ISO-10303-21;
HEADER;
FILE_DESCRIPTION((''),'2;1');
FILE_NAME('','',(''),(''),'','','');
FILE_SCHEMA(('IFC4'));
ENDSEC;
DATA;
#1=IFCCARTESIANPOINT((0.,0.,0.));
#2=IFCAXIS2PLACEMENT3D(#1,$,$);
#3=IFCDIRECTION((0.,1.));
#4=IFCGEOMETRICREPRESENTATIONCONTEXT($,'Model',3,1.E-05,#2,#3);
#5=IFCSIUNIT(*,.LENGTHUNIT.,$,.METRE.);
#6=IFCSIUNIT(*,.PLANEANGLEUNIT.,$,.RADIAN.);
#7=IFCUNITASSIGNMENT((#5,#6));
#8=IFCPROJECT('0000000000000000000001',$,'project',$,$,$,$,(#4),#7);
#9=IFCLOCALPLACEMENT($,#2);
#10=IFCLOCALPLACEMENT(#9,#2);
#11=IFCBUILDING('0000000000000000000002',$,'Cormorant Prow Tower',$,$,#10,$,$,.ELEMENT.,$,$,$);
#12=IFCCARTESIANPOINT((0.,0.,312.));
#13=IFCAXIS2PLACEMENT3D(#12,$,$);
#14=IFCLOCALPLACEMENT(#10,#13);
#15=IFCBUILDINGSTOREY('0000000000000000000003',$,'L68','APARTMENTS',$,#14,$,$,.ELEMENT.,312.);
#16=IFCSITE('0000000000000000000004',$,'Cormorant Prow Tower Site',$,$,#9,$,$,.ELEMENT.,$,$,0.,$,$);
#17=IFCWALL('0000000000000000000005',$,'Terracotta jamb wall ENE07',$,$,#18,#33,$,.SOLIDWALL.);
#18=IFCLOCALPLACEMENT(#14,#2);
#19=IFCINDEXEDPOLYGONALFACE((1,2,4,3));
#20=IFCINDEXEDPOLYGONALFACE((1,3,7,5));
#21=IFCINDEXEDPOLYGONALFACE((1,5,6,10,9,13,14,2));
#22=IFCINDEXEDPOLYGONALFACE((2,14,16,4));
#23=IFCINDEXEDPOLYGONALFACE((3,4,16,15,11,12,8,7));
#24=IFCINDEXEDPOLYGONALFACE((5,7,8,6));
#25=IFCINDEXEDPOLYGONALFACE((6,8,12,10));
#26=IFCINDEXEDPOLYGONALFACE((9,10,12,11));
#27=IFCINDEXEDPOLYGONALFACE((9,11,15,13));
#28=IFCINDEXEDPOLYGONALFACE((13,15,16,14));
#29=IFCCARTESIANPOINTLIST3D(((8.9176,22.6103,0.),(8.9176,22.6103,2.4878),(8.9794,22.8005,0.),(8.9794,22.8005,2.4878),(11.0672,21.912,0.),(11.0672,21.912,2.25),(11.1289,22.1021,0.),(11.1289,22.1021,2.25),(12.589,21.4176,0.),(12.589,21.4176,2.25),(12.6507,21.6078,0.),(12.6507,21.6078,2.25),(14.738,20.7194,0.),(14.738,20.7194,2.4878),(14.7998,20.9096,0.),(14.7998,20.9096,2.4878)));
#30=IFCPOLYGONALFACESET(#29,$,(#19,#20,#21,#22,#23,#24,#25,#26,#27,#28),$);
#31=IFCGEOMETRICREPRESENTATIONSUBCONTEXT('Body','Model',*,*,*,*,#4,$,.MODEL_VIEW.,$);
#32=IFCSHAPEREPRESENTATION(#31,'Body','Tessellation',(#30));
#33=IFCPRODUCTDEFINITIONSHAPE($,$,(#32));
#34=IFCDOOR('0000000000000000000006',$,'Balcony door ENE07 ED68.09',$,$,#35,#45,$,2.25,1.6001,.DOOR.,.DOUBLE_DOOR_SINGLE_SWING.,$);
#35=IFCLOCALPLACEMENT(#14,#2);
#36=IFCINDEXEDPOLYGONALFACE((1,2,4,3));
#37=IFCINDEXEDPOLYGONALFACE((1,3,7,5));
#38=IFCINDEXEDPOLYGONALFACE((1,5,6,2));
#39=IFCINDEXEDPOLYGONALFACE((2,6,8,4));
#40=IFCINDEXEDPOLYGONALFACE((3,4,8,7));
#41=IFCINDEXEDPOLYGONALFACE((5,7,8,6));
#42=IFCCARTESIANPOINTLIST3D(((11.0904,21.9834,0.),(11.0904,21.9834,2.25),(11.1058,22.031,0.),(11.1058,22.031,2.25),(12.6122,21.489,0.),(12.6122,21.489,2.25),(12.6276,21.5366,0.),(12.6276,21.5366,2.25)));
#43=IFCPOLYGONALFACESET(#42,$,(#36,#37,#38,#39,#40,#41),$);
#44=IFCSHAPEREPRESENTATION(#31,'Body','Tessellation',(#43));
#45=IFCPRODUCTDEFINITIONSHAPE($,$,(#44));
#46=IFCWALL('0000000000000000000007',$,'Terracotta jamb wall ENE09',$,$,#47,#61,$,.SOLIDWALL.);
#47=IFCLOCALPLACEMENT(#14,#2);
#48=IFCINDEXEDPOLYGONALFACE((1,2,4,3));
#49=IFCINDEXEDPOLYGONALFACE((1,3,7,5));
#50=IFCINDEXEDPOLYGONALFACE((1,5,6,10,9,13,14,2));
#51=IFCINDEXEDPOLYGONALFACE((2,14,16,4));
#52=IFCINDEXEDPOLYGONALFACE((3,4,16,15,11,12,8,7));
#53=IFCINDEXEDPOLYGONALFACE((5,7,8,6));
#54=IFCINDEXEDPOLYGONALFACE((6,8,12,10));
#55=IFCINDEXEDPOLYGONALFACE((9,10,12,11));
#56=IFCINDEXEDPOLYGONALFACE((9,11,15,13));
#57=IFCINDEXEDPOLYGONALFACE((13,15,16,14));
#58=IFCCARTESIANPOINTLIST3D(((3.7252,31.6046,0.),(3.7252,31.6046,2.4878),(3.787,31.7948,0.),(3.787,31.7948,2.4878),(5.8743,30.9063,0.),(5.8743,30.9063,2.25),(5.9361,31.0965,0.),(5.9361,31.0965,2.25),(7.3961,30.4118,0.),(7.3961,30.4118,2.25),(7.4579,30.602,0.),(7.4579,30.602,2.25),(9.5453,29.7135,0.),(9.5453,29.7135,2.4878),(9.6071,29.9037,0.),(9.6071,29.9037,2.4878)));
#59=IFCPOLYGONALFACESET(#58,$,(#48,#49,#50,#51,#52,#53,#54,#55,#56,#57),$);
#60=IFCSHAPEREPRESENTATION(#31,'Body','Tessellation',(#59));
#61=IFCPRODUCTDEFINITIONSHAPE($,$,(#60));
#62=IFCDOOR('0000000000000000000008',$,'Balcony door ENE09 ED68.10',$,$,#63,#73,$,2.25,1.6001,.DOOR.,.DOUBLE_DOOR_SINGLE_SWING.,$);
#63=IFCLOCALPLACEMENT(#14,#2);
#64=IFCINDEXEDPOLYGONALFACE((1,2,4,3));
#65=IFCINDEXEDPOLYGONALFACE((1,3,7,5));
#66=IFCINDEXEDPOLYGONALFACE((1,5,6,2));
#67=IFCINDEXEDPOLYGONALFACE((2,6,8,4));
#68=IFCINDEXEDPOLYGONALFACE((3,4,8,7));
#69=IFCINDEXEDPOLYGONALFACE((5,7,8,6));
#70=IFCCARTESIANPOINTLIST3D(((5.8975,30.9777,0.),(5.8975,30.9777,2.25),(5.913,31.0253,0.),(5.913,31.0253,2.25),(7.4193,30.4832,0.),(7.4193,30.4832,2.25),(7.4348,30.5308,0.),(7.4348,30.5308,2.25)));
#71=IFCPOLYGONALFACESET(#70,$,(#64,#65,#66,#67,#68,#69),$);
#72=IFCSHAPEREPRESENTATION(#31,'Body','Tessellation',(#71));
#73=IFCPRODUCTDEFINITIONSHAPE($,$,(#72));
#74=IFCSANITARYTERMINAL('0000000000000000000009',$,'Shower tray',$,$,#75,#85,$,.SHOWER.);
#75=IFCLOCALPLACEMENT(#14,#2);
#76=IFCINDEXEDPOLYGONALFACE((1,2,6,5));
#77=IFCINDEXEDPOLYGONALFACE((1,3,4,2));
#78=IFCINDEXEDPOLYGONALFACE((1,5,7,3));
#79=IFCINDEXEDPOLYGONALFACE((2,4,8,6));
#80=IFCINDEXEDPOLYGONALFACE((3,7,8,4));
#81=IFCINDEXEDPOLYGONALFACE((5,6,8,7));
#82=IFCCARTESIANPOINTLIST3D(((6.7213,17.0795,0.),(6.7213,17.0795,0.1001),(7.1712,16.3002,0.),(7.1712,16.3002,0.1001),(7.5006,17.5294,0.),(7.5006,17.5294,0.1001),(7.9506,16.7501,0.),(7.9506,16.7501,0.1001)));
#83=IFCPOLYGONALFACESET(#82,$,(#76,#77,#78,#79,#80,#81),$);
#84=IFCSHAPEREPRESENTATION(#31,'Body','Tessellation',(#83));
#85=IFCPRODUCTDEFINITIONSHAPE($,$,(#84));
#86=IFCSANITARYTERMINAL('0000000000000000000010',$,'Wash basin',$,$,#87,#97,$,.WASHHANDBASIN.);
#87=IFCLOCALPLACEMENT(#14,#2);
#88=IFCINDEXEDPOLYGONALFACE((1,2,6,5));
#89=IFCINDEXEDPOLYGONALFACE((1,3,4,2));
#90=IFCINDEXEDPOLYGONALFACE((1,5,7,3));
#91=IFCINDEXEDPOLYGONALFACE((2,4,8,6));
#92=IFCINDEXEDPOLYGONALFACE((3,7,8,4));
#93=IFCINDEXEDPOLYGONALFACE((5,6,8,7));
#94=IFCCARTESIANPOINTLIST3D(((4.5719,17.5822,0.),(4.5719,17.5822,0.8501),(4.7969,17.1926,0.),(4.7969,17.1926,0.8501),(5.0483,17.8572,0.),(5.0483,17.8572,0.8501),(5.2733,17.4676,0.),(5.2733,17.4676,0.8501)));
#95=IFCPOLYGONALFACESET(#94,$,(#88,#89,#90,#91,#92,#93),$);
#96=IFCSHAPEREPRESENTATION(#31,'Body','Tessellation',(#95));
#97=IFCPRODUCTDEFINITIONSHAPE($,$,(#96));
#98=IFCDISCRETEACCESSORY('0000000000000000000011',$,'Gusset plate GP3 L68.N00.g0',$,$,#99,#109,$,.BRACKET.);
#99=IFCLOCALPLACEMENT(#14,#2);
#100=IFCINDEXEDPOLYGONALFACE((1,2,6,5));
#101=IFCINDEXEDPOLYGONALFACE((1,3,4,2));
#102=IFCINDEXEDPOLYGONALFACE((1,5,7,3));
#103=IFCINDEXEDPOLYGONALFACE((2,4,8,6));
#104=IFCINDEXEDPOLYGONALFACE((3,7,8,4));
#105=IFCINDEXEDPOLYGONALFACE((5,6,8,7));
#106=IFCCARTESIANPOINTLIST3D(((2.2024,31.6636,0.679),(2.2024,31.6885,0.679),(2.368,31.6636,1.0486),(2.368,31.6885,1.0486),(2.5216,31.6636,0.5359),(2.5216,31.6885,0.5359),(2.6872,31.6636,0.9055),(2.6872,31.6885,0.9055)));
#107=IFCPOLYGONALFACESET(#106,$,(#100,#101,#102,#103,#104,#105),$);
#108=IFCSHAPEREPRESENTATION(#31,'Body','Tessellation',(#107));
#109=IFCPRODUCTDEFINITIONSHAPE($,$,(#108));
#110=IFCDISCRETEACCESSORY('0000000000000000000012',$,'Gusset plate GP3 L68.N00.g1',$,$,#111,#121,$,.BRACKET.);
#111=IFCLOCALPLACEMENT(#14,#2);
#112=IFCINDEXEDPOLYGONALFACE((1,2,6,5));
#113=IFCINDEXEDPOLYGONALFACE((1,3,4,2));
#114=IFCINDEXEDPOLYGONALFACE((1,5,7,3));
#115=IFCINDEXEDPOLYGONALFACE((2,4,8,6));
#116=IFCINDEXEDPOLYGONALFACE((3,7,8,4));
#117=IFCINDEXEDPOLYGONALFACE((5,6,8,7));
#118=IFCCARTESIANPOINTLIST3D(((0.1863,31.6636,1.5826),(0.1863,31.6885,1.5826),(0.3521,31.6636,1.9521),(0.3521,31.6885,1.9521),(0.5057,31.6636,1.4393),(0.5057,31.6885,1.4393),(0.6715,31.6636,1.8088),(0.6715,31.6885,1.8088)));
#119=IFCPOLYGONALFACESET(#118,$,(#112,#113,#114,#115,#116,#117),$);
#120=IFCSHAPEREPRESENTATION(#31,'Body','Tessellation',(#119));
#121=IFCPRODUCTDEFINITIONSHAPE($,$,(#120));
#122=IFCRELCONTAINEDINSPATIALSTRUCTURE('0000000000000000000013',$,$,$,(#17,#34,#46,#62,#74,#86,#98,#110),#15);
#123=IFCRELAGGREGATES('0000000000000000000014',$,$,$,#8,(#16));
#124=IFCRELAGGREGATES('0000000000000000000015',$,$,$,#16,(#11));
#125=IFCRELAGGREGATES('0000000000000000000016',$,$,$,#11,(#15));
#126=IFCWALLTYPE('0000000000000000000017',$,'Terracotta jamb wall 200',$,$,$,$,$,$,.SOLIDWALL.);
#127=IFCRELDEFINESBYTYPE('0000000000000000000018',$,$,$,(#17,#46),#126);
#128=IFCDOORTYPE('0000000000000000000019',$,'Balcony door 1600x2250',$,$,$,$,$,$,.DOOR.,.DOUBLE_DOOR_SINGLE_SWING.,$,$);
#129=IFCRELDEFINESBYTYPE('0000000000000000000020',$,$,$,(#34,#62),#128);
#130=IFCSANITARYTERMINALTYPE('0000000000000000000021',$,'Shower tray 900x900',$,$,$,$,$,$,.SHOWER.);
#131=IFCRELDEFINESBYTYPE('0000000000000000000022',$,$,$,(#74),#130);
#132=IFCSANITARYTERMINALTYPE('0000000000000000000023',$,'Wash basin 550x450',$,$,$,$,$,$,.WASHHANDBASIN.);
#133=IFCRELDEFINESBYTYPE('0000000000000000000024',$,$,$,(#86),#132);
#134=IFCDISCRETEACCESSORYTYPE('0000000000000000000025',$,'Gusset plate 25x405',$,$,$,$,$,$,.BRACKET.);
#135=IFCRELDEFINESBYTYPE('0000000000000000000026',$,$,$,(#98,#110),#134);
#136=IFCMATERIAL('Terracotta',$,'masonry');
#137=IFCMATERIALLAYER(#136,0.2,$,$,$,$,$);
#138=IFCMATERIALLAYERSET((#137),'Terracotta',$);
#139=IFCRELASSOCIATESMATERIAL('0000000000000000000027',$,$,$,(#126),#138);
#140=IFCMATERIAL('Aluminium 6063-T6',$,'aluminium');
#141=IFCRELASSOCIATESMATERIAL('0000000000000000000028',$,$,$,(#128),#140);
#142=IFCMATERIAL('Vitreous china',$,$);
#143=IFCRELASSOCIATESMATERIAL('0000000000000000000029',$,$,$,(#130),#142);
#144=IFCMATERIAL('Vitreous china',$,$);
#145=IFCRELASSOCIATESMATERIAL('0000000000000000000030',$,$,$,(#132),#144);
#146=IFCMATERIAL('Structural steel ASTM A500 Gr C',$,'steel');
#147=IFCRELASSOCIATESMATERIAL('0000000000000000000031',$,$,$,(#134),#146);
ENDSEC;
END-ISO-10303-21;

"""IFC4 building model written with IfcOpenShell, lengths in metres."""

from ifc_helpers import new_model, si_unit, direction, frame, frame_2d, origin, origin_2d, place, context, subcontext, project, spatial, rectangle, extrude, material, layer, layer_set, material_profile, profile_set, type_object, element, fill, save


model = new_model("IFC4")

# Units and contexts
model_context = context("Model", 3, precision=1e-05, world=origin(), true_north=direction((0.0, 1.0)))
body_context = subcontext(model_context, "Body", "Model", "MODEL_VIEW")
ifc_project = project(units=[si_unit("LENGTHUNIT", "METRE"), si_unit("PLANEANGLEUNIT", "RADIAN")], contexts=[model_context])

# Site, building, storey
site_placement = place(None, origin())
site = spatial("IfcSite", under=ifc_project, at=site_placement, Name="Cormorant Prow Tower Site", CompositionType="ELEMENT", RefElevation=0.0)
building_placement = place(site_placement, origin())
building = spatial("IfcBuilding", under=site, at=building_placement, Name="Cormorant Prow Tower", CompositionType="ELEMENT")
storey_placement = place(building_placement, frame((0.0, 0.0, 312.0)))
storey = spatial("IfcBuildingStorey", under=building, at=storey_placement, Name="L68", Description="APARTMENTS", CompositionType="ELEMENT", Elevation=312.0)

# Walls, openings, doors
ifc_material_1 = material(Name="Terracotta", Category="masonry")
ifc_layer_1 = layer(ifc_material_1, 0.2)
ifc_layer_set_1 = layer_set([ifc_layer_1], Name="Terracotta")
wall_type_1 = type_object("IfcWallType", Name="Terracotta jamb wall 200", PredefinedType="SOLIDWALL", material=ifc_layer_set_1)
wall_1_placement = place(storey_placement, frame((14.769, 20.8145, 0.0), z_axis=(0.0, 0.0, 1.0), x_axis=(-0.951069, 0.308978, 0.0)))
wall_1 = element("IfcWall", 1, at=wall_1_placement, inside=storey, type_object=wall_type_1, Name="Terracotta jamb wall ENE07", PredefinedType="SOLIDWALL", context=body_context, shape_type="SweptSolid", body=[
    extrude(rectangle(XDim=6.1199, YDim=0.2, at=frame_2d((3.0601, 0.0))), origin(), (0.0, 0.0, 1.0), 2.4878),
])
opening_1_placement = place(wall_1_placement, frame((2.2598, 0.0, 0.0)))
opening_1 = element("IfcOpeningElement", 2, at=opening_1_placement, cuts=wall_1, PredefinedType="OPENING", context=body_context, shape_type="SweptSolid", body=[
    extrude(rectangle(XDim=1.6001, YDim=2.25, at=frame_2d((0.8, 1.125))), frame((0.0, 0.1099, 0.0), z_axis=(0.0, -1.0, 0.0), x_axis=(1.0, 0.0, 0.0)), (0.0, 0.0, 1.0), 0.22),
])
ifc_material_2 = material(Name="Aluminium 6063-T6", Category="aluminium")
door_type_1 = type_object("IfcDoorType", Name="Balcony door 1600x2250", OperationType="DOUBLE_DOOR_SINGLE_SWING", PredefinedType="DOOR", material=ifc_material_2)
door_1_placement = place(opening_1_placement, origin())
door_1 = element("IfcDoor", 3, at=door_1_placement, inside=storey, type_object=door_type_1, Name="Balcony door ENE07 ED68.09", OperationType="DOUBLE_DOOR_SINGLE_SWING", OverallHeight=2.25, OverallWidth=1.6001, PredefinedType="DOOR", context=body_context, shape_type="SweptSolid", body=[
    extrude(rectangle(XDim=1.6001, YDim=2.25, at=frame_2d((0.8, 1.125))), frame((0.0, 0.0249, 0.0), z_axis=(0.0, -1.0, 0.0), x_axis=(1.0, 0.0, 0.0)), (0.0, 0.0, 1.0), 0.05),
])
fill(opening_1, door_1)
wall_2_placement = place(storey_placement, frame((9.5762, 29.8086, 0.0), z_axis=(0.0, 0.0, 1.0), x_axis=(-0.951054, 0.309026, 0.0)))
wall_2 = element("IfcWall", 4, at=wall_2_placement, inside=storey, type_object=wall_type_1, Name="Terracotta jamb wall ENE09", PredefinedType="SOLIDWALL", context=body_context, shape_type="SweptSolid", body=[
    extrude(rectangle(XDim=6.1196, YDim=0.2, at=frame_2d((3.0598, 0.0))), origin(), (0.0, 0.0, 1.0), 2.4878),
])
opening_2_placement = place(wall_2_placement, frame((2.2598, 0.0, 0.0)))
opening_2 = element("IfcOpeningElement", 5, at=opening_2_placement, cuts=wall_2, PredefinedType="OPENING", context=body_context, shape_type="SweptSolid", body=[
    extrude(rectangle(XDim=1.6001, YDim=2.25, at=frame_2d((0.8, 1.125))), frame((0.0, 0.1099, 0.0), z_axis=(0.0, -1.0, 0.0), x_axis=(1.0, 0.0, 0.0)), (0.0, 0.0, 1.0), 0.22),
])
door_2_placement = place(opening_2_placement, origin())
door_2 = element("IfcDoor", 6, at=door_2_placement, inside=storey, type_object=door_type_1, Name="Balcony door ENE09 ED68.10", OperationType="DOUBLE_DOOR_SINGLE_SWING", OverallHeight=2.25, OverallWidth=1.6001, PredefinedType="DOOR", context=body_context, shape_type="SweptSolid", body=[
    extrude(rectangle(XDim=1.6001, YDim=2.25, at=frame_2d((0.8, 1.125))), frame((0.0, 0.0249, 0.0), z_axis=(0.0, -1.0, 0.0), x_axis=(1.0, 0.0, 0.0)), (0.0, 0.0, 1.0), 0.05),
])
fill(opening_2, door_2)

# Sanitary terminals
ifc_material_3 = material(Name="Vitreous china")
sanitary_terminal_type_1 = type_object("IfcSanitaryTerminalType", Name="Shower tray 900x900", PredefinedType="SHOWER", material=ifc_material_3)
sanitary_terminal_1_placement = place(storey_placement, frame((7.3359, 16.9148, 0.0), z_axis=(0.0, 0.0, 1.0), x_axis=(-0.866025, -0.5, 0.0)))
element("IfcSanitaryTerminal", 7, at=sanitary_terminal_1_placement, inside=storey, type_object=sanitary_terminal_type_1, Name="Shower tray", PredefinedType="SHOWER", context=body_context, shape_type="SweptSolid", body=[
    extrude(rectangle(XDim=0.8999, YDim=0.8999, at=origin_2d()), origin(), (0.0, 0.0, 1.0), 0.1001),
])
ifc_material_4 = material(Name="Vitreous china")
sanitary_terminal_type_2 = type_object("IfcSanitaryTerminalType", Name="Wash basin 550x450", PredefinedType="WASHHANDBASIN", material=ifc_material_4)
sanitary_terminal_2_placement = place(storey_placement, frame((4.9226, 17.5249, 0.0), z_axis=(0.0, 0.0, 1.0), x_axis=(0.866025, 0.5, 0.0)))
element("IfcSanitaryTerminal", 8, at=sanitary_terminal_2_placement, inside=storey, type_object=sanitary_terminal_type_2, Name="Wash basin", PredefinedType="WASHHANDBASIN", context=body_context, shape_type="SweptSolid", body=[
    extrude(rectangle(XDim=0.55, YDim=0.45, at=origin_2d()), origin(), (0.0, 0.0, 1.0), 0.8501),
])

# Discrete accessories
ifc_material_5 = material(Name="Structural steel ASTM A500 Gr C", Category="steel")
ifc_material_profile_1 = material_profile(ifc_material_5, rectangle(XDim=0.0249, YDim=0.405, at=origin_2d()), Name="Gusset plate 25x405")
ifc_profile_set_1 = profile_set([ifc_material_profile_1], Name="Structural steel ASTM A500 Gr C")
discrete_accessory_type = type_object("IfcDiscreteAccessoryType", Name="Gusset plate 25x405", PredefinedType="BRACKET", material=ifc_profile_set_1)
discrete_accessory_1_placement = place(storey_placement, frame((2.2852, 31.676, 0.8638), z_axis=(0.912599, 0.0, -0.408856), x_axis=(0.0, 1.0, 0.0)))
element("IfcDiscreteAccessory", 9, at=discrete_accessory_1_placement, inside=storey, type_object=discrete_accessory_type, Name="Gusset plate GP3 L68.N00.g0", PredefinedType="BRACKET", context=body_context, shape_type="SweptSolid", body=[
    extrude(rectangle(XDim=0.0249, YDim=0.405, at=origin_2d()), origin(), (0.0, 0.0, 1.0), 0.3499),
])
discrete_accessory_2_placement = place(storey_placement, frame((0.5886, 31.676, 1.624), z_axis=(-0.912339, 0.0, 0.409436), x_axis=(0.0, -1.0, 0.0)))
element("IfcDiscreteAccessory", 10, at=discrete_accessory_2_placement, inside=storey, type_object=discrete_accessory_type, Name="Gusset plate GP3 L68.N00.g1", PredefinedType="BRACKET", context=body_context, shape_type="SweptSolid", body=[
    extrude(rectangle(XDim=0.0249, YDim=0.405, at=origin_2d()), origin(), (0.0, 0.0, 1.0), 0.3501),
])

save(model, "model.ifc")
